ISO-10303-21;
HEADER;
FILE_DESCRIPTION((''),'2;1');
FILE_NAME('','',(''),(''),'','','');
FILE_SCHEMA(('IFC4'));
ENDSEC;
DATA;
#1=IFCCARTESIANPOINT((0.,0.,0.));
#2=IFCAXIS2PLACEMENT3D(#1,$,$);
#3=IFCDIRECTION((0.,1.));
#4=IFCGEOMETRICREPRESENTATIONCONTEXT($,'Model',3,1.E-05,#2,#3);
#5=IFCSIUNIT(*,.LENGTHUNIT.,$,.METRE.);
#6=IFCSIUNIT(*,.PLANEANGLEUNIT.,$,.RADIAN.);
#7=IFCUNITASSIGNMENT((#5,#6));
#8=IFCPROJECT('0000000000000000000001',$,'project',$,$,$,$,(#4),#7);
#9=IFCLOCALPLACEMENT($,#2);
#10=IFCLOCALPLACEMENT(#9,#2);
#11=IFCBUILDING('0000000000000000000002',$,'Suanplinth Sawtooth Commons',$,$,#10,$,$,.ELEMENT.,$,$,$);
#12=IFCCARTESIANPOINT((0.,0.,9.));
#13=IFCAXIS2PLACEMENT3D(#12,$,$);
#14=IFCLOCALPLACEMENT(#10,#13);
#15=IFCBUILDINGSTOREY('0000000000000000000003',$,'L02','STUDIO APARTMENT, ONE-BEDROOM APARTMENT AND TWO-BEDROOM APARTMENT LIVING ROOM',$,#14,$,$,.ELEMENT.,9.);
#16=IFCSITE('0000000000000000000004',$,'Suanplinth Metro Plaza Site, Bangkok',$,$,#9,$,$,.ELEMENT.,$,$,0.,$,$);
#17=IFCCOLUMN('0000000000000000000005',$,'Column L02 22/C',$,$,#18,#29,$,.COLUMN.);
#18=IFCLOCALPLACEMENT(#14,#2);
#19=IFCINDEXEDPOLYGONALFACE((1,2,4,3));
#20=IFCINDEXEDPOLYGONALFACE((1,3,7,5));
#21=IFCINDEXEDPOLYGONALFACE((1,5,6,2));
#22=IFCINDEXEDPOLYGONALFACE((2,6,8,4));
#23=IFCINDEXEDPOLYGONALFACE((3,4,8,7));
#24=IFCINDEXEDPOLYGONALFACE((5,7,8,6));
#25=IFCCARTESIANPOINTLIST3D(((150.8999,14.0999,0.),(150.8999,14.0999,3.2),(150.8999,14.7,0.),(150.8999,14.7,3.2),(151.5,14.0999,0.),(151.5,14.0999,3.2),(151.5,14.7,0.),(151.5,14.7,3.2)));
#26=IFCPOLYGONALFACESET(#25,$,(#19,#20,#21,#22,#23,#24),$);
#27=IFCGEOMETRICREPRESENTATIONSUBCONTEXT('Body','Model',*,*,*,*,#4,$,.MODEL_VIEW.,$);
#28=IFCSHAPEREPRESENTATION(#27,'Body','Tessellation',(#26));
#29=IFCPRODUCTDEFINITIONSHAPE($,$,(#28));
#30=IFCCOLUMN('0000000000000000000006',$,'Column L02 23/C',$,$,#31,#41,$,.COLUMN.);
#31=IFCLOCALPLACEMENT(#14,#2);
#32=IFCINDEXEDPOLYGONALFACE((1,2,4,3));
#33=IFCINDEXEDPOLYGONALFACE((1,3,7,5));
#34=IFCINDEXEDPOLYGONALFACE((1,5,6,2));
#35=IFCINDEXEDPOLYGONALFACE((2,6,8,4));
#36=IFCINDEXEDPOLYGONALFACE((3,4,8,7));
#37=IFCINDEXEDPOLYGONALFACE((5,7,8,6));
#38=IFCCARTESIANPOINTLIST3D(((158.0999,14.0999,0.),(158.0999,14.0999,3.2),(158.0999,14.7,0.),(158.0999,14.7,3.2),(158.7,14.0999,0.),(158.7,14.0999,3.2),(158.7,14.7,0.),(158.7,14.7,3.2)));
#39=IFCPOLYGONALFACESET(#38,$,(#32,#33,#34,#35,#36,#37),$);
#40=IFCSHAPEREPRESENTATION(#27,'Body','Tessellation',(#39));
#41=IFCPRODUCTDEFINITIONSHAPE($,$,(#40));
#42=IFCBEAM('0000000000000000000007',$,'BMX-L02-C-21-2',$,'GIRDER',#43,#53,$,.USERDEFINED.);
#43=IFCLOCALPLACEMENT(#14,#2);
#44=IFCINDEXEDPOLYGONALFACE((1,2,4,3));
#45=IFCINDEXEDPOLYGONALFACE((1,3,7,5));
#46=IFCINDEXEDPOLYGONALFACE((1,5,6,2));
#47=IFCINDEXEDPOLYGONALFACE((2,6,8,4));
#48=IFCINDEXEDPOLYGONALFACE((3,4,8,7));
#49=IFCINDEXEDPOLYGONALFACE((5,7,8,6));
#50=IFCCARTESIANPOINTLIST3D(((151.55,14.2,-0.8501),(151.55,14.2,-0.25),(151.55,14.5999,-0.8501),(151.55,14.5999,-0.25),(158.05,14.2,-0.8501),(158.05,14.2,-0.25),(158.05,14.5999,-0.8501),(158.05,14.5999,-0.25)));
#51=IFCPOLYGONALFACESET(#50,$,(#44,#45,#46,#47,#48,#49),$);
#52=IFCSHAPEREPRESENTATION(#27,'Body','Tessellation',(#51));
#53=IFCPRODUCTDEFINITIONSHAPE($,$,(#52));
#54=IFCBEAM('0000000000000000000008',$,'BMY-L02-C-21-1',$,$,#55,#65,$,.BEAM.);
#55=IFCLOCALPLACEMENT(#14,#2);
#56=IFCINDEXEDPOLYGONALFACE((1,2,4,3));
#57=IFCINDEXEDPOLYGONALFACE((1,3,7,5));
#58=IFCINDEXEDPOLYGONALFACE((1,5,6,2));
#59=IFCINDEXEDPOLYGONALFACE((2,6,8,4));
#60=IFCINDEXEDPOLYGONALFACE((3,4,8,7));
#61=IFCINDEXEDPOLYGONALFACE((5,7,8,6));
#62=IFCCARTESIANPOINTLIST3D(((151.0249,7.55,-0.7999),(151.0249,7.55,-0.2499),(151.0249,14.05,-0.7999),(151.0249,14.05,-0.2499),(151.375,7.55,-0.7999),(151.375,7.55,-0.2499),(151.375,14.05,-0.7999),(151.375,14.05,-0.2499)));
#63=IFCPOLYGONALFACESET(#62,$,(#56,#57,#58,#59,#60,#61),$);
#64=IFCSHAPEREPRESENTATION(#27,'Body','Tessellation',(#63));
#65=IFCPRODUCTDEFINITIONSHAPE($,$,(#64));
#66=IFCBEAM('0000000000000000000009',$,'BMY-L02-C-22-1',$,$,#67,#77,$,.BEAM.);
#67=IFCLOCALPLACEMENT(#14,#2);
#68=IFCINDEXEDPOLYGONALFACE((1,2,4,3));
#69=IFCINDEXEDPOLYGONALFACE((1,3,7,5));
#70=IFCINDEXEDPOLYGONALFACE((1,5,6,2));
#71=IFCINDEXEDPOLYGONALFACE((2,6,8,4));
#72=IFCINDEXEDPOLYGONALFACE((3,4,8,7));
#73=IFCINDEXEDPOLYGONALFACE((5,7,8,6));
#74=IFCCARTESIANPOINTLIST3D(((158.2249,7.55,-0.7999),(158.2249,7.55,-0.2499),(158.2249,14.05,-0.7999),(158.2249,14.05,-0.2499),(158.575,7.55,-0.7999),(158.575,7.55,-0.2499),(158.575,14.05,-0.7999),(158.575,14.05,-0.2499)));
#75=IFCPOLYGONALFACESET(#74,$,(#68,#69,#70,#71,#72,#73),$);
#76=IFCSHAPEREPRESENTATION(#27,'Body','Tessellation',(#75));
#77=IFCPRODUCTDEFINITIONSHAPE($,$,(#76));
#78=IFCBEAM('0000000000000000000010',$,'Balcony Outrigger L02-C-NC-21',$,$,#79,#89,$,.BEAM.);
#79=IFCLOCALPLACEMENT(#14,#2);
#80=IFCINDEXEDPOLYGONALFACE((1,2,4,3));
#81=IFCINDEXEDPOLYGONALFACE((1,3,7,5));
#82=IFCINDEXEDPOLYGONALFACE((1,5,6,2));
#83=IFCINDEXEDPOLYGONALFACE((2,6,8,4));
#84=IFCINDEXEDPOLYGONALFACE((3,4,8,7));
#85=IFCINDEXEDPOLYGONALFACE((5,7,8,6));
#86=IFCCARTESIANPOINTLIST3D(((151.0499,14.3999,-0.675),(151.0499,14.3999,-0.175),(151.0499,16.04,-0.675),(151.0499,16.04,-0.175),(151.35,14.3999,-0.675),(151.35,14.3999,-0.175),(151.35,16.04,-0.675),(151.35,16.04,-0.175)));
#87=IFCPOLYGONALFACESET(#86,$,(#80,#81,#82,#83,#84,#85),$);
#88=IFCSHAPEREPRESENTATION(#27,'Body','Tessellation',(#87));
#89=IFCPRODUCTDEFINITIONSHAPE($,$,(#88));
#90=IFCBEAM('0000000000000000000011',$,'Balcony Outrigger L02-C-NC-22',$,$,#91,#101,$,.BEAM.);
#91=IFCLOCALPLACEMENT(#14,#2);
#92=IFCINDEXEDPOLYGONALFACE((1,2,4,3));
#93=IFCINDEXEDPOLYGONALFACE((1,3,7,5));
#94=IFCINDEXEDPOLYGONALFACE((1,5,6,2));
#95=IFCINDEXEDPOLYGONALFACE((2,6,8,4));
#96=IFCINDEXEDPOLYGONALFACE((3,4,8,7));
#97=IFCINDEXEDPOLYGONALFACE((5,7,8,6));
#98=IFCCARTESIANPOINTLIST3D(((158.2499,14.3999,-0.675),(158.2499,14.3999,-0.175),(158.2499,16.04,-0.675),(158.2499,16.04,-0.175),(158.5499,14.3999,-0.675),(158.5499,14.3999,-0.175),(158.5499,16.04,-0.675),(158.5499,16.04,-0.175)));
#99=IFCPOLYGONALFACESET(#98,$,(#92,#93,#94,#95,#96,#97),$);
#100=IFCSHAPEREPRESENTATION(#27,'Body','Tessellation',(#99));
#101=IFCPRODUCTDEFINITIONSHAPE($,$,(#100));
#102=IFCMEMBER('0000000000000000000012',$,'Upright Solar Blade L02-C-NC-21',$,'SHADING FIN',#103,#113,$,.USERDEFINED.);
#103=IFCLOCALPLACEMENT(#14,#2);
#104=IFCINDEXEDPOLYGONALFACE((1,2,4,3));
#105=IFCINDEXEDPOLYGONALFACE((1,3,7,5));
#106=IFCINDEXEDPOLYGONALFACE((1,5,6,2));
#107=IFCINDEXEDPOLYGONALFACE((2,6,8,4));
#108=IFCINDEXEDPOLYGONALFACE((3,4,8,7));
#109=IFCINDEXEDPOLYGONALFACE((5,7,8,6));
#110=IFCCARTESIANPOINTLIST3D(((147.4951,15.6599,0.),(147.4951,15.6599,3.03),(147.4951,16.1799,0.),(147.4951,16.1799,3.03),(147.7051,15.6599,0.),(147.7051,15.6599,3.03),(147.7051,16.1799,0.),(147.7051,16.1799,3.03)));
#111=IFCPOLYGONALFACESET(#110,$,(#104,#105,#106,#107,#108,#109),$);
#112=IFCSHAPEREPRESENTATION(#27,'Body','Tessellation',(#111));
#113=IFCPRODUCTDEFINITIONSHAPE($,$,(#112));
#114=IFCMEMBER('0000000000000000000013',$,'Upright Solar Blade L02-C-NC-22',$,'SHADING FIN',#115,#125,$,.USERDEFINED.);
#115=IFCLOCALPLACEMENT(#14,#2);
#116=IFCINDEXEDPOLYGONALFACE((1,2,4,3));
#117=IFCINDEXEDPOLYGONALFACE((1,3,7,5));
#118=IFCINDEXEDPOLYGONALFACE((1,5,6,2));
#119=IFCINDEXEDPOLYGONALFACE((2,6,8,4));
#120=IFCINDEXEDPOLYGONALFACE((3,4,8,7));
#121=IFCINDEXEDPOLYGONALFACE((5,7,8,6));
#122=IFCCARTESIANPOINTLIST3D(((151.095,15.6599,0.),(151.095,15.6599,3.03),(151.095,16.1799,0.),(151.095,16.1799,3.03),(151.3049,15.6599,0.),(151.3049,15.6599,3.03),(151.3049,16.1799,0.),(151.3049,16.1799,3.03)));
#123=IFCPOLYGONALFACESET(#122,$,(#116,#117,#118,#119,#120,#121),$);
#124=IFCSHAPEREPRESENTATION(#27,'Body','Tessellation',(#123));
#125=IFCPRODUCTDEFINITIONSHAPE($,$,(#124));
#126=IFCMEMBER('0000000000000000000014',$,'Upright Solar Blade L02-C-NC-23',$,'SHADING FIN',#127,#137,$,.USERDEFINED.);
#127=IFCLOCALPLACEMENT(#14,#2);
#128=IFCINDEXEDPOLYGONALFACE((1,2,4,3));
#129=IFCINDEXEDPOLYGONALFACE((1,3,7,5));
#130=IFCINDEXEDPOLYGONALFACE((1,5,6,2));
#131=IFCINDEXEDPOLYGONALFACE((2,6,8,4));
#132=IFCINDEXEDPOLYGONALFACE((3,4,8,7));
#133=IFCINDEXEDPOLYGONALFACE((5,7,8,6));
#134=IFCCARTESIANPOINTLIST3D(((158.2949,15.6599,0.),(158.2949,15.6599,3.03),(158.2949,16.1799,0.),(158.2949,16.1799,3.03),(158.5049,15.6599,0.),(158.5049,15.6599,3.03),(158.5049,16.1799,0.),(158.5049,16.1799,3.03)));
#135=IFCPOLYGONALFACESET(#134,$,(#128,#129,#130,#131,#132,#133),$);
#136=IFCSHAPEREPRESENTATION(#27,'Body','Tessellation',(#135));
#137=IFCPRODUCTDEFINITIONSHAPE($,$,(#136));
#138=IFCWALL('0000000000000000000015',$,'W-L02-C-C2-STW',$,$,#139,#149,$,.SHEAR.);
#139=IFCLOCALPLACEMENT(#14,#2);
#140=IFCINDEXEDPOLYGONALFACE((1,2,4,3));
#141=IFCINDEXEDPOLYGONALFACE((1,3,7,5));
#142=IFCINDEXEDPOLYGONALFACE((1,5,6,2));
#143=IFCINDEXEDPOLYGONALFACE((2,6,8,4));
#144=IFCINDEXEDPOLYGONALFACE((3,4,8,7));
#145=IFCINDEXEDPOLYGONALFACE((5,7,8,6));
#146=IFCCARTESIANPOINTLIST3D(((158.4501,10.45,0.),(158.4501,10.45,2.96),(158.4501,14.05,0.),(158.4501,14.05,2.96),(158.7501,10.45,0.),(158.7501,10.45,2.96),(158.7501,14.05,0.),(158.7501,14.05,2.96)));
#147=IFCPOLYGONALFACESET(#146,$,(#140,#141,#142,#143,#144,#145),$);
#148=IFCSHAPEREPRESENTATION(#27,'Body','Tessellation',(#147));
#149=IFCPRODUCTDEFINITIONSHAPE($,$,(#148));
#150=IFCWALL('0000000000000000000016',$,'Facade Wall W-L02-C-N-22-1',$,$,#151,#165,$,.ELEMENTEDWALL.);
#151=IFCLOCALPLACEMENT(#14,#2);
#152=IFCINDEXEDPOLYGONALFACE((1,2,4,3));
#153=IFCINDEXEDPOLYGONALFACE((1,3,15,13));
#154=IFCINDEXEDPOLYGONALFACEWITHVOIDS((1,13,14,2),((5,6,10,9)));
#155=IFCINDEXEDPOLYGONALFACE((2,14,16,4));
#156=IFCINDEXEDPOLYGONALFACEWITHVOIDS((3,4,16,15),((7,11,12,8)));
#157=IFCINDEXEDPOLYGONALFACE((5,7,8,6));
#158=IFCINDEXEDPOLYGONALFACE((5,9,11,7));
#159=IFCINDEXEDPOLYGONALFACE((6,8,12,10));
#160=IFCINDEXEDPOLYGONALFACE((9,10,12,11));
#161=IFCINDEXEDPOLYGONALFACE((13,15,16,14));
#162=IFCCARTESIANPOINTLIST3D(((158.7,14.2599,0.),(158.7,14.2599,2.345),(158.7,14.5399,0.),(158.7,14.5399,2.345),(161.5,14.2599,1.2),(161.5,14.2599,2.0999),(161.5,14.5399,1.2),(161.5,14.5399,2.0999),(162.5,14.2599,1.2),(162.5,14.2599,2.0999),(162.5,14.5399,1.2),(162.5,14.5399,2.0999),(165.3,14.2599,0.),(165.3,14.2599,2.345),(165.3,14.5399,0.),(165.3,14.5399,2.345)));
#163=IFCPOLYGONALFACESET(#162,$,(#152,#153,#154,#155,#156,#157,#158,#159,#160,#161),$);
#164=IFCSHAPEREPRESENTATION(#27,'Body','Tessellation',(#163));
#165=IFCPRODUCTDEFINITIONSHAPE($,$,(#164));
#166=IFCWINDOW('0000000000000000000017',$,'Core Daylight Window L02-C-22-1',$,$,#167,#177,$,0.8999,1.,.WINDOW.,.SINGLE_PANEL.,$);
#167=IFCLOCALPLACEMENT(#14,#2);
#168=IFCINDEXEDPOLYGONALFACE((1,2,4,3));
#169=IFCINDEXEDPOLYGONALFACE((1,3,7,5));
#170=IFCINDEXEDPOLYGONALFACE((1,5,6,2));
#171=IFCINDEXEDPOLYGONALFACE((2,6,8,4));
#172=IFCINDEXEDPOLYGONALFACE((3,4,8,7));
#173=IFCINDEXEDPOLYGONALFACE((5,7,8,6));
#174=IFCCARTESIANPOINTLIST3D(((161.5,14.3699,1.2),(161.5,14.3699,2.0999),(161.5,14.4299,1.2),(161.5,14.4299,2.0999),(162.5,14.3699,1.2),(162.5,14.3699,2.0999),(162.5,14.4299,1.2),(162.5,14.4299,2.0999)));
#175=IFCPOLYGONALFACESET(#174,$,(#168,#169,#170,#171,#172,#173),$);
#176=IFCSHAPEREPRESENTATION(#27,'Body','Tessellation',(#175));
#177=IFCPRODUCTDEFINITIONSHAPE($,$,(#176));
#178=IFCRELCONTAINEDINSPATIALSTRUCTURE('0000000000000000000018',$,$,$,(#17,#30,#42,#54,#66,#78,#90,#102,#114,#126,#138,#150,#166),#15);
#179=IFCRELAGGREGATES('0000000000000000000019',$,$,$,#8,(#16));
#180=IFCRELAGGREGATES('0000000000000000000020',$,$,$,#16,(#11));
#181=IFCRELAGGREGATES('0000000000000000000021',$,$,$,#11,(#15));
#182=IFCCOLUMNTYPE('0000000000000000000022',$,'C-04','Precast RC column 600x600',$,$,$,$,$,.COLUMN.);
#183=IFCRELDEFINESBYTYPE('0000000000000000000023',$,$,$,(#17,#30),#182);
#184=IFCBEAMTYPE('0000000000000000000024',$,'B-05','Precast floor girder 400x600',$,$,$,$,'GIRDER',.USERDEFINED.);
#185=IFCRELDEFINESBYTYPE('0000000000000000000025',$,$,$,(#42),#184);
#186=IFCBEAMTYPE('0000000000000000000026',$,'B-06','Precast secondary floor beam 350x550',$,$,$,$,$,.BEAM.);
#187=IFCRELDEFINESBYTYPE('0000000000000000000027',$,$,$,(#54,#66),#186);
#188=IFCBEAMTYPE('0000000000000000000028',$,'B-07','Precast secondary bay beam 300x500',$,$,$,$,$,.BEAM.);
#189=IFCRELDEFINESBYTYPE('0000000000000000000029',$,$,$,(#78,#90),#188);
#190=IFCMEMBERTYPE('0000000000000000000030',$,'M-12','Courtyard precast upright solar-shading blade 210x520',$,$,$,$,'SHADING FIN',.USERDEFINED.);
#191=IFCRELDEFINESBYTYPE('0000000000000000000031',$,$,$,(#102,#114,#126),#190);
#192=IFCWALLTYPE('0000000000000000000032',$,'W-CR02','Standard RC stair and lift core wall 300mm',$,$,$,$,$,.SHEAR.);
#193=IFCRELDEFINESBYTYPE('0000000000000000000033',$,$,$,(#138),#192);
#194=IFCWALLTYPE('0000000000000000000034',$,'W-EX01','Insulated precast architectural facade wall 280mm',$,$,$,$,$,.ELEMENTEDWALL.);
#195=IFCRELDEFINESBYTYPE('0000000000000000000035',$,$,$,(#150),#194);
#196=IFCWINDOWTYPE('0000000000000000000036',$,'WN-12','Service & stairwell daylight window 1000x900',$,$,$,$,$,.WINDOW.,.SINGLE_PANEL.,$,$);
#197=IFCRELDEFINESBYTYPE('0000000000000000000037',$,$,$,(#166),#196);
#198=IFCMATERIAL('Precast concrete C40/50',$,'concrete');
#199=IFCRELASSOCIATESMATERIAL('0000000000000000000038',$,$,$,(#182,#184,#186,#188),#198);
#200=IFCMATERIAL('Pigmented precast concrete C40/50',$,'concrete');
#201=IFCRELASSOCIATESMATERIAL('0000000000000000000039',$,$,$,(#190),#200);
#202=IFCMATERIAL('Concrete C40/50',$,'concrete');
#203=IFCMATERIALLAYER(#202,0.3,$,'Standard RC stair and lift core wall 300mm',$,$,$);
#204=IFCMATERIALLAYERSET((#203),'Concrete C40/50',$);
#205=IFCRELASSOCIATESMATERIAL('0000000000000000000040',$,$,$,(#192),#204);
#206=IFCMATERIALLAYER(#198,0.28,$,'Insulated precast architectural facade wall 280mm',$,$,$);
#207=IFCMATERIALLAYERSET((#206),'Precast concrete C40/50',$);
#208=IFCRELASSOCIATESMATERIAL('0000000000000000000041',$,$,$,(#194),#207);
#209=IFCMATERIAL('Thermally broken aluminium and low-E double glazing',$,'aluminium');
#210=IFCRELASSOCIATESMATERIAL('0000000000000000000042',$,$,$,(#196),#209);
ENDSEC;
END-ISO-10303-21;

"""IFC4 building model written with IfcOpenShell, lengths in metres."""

from ifc_helpers import new_model, si_unit, direction, frame, frame_2d, origin, origin_2d, place, context, subcontext, project, spatial, rectangle, extrude, material, layer, layer_set, material_profile, profile_set, type_object, element, fill, save


model = new_model("IFC4")

# Units and contexts
model_context = context("Model", 3, precision=1e-05, world=origin(), true_north=direction((0.0, 1.0)))
body_context = subcontext(model_context, "Body", "Model", "MODEL_VIEW")
ifc_project = project(units=[si_unit("LENGTHUNIT", "METRE"), si_unit("PLANEANGLEUNIT", "RADIAN")], contexts=[model_context])

# Site, building, storey
site_placement = place(None, origin())
site = spatial("IfcSite", under=ifc_project, at=site_placement, Name="Suanplinth Metro Plaza Site, Bangkok", CompositionType="ELEMENT", RefElevation=0.0)
building_placement = place(site_placement, origin())
building = spatial("IfcBuilding", under=site, at=building_placement, Name="Suanplinth Sawtooth Commons", CompositionType="ELEMENT")
storey_placement = place(building_placement, frame((0.0, 0.0, 9.0)))
storey = spatial("IfcBuildingStorey", under=building, at=storey_placement, Name="L02", Description="STUDIO APARTMENT, ONE-BEDROOM APARTMENT AND TWO-BEDROOM APARTMENT LIVING ROOM", CompositionType="ELEMENT", Elevation=9.0)

# Columns
ifc_material_1 = material(Name="Precast concrete C40/50", Category="concrete")
ifc_material_profile_1 = material_profile(ifc_material_1, rectangle(XDim=0.6001, YDim=0.6001, at=origin_2d()), Name="PC-COL 600x600")
ifc_profile_set_1 = profile_set([ifc_material_profile_1], Name="Precast concrete C40/50")
column_type = type_object("IfcColumnType", Name="C-04", Description="Precast RC column 600x600", PredefinedType="COLUMN", material=ifc_profile_set_1)
for number, where, z_axis, x_axis, name in (
    (1, (151.2, 14.3999, 0.0), (0.0, 0.0, 1.0), (1.0, 0.0, 0.0), "Column L02 22/C"),
    (2, (158.3999, 14.3999, 0.0), (0.0, 0.0, 1.0), (1.0, 0.0, 0.0), "Column L02 23/C"),
):
    element("IfcColumn", number, at=place(storey_placement, frame(where, z_axis=z_axis, x_axis=x_axis)), inside=storey, type_object=column_type, Name=name, PredefinedType="COLUMN", context=body_context, shape_type="SweptSolid", body=[
        extrude(rectangle(XDim=0.6001, YDim=0.6001, at=origin_2d()), origin(), (0.0, 0.0, 1.0), 3.2),
    ])

# Beams
ifc_material_profile_2 = material_profile(ifc_material_1, rectangle(XDim=0.3999, YDim=0.6001, at=origin_2d()), Name="PC-GDR 400x600")
ifc_profile_set_2 = profile_set([ifc_material_profile_2], Name="Precast concrete C40/50")
beam_type_1 = type_object("IfcBeamType", Name="B-05", Description="Precast floor girder 400x600", ElementType="GIRDER", PredefinedType="USERDEFINED", material=ifc_profile_set_2)
beam_placement = place(storey_placement, frame((151.55, 14.3999, -0.55), z_axis=(1.0, 0.0, 0.0), x_axis=(0.0, 1.0, 0.0)))
element("IfcBeam", 3, at=beam_placement, inside=storey, type_object=beam_type_1, Name="BMX-L02-C-21-2", ObjectType="GIRDER", PredefinedType="USERDEFINED", context=body_context, shape_type="SweptSolid", body=[
    extrude(rectangle(XDim=0.3999, YDim=0.6001, at=origin_2d()), origin(), (0.0, 0.0, 1.0), 6.5),
])
ifc_material_profile_3 = material_profile(ifc_material_1, rectangle(XDim=0.3501, YDim=0.55, at=origin_2d()), Name="PC-BM 350x550")
ifc_profile_set_3 = profile_set([ifc_material_profile_3], Name="Precast concrete C40/50")
beam_type_2 = type_object("IfcBeamType", Name="B-06", Description="Precast secondary floor beam 350x550", PredefinedType="BEAM", material=ifc_profile_set_3)
for number, where, z_axis, x_axis, name in (
    (4, (151.2, 7.55, -0.5249), (0.0, 1.0, 0.0), (-1.0, 0.0, 0.0), "BMY-L02-C-21-1"),
    (5, (158.3999, 7.55, -0.5249), (0.0, 1.0, 0.0), (-1.0, 0.0, 0.0), "BMY-L02-C-22-1"),
):
    element("IfcBeam", number, at=place(storey_placement, frame(where, z_axis=z_axis, x_axis=x_axis)), inside=storey, type_object=beam_type_2, Name=name, PredefinedType="BEAM", context=body_context, shape_type="SweptSolid", body=[
        extrude(rectangle(XDim=0.3501, YDim=0.55, at=origin_2d()), origin(), (0.0, 0.0, 1.0), 6.5),
    ])
ifc_material_profile_4 = material_profile(ifc_material_1, rectangle(XDim=0.3, YDim=0.5, at=origin_2d()), Name="PC-BM 300x500")
ifc_profile_set_4 = profile_set([ifc_material_profile_4], Name="Precast concrete C40/50")
beam_type_3 = type_object("IfcBeamType", Name="B-07", Description="Precast secondary bay beam 300x500", PredefinedType="BEAM", material=ifc_profile_set_4)
for number, where, z_axis, x_axis, name in (
    (6, (151.2, 14.3999, -0.425), (0.0, 1.0, 0.0), (-1.0, 0.0, 0.0), "Balcony Outrigger L02-C-NC-21"),
    (7, (158.3999, 14.3999, -0.425), (0.0, 1.0, 0.0), (-1.0, 0.0, 0.0), "Balcony Outrigger L02-C-NC-22"),
):
    element("IfcBeam", number, at=place(storey_placement, frame(where, z_axis=z_axis, x_axis=x_axis)), inside=storey, type_object=beam_type_3, Name=name, PredefinedType="BEAM", context=body_context, shape_type="SweptSolid", body=[
        extrude(rectangle(XDim=0.3, YDim=0.5, at=origin_2d()), origin(), (0.0, 0.0, 1.0), 1.6401),
    ])

# Members
ifc_material_2 = material(Name="Pigmented precast concrete C40/50", Category="concrete")
ifc_material_profile_5 = material_profile(ifc_material_2, rectangle(XDim=0.21, YDim=0.52, at=origin_2d()), Name="PC-FIN 210x520")
ifc_profile_set_5 = profile_set([ifc_material_profile_5], Name="Pigmented precast concrete C40/50")
member_type = type_object("IfcMemberType", Name="M-12", Description="Courtyard precast upright solar-shading blade 210x520", ElementType="SHADING FIN", PredefinedType="USERDEFINED", material=ifc_profile_set_5)
for number, where, z_axis, x_axis, name in (
    (8, (147.6001, 15.9199, 0.0), (0.0, 0.0, 1.0), (1.0, 0.0, 0.0), "Upright Solar Blade L02-C-NC-21"),
    (9, (151.2, 15.9199, 0.0), (0.0, 0.0, 1.0), (1.0, 0.0, 0.0), "Upright Solar Blade L02-C-NC-22"),
    (10, (158.3999, 15.9199, 0.0), (0.0, 0.0, 1.0), (1.0, 0.0, 0.0), "Upright Solar Blade L02-C-NC-23"),
):
    element("IfcMember", number, at=place(storey_placement, frame(where, z_axis=z_axis, x_axis=x_axis)), inside=storey, type_object=member_type, Name=name, ObjectType="SHADING FIN", PredefinedType="USERDEFINED", context=body_context, shape_type="SweptSolid", body=[
        extrude(rectangle(XDim=0.21, YDim=0.52, at=origin_2d()), origin(), (0.0, 0.0, 1.0), 3.03),
    ])

# Wall
ifc_material_3 = material(Name="Concrete C40/50", Category="concrete")
ifc_layer_1 = layer(ifc_material_3, 0.3, Name="Standard RC stair and lift core wall 300mm")
ifc_layer_set_1 = layer_set([ifc_layer_1], Name="Concrete C40/50")
wall_type_1 = type_object("IfcWallType", Name="W-CR02", Description="Standard RC stair and lift core wall 300mm", PredefinedType="SHEAR", material=ifc_layer_set_1)
wall_1_placement = place(storey_placement, frame((158.6001, 10.45, 0.0), z_axis=(0.0, 0.0, 1.0), x_axis=(0.0, 1.0, 0.0)))
element("IfcWall", 11, at=wall_1_placement, inside=storey, type_object=wall_type_1, Name="W-L02-C-C2-STW", PredefinedType="SHEAR", context=body_context, shape_type="SweptSolid", body=[
    extrude(rectangle(XDim=3.6001, YDim=0.3, at=frame_2d((1.8, 0.0))), origin(), (0.0, 0.0, 1.0), 2.96),
])

# Shared definitions
ifc_layer_2 = layer(ifc_material_1, 0.28, Name="Insulated precast architectural facade wall 280mm")
ifc_layer_set_2 = layer_set([ifc_layer_2], Name="Precast concrete C40/50")
wall_type_2 = type_object("IfcWallType", Name="W-EX01", Description="Insulated precast architectural facade wall 280mm", PredefinedType="ELEMENTEDWALL", material=ifc_layer_set_2)
ifc_material_4 = material(Name="Thermally broken aluminium and low-E double glazing", Category="aluminium")

# Wall, opening, window
wall_2_placement = place(storey_placement, frame((158.7, 14.3999, 0.0), z_axis=(0.0, 0.0, 1.0), x_axis=(1.0, 0.0, 0.0)))
wall_2 = element("IfcWall", 12, at=wall_2_placement, inside=storey, type_object=wall_type_2, Name="Facade Wall W-L02-C-N-22-1", PredefinedType="ELEMENTEDWALL", context=body_context, shape_type="SweptSolid", body=[
    extrude(rectangle(XDim=6.6001, YDim=0.28, at=frame_2d((3.3, 0.0))), origin(), (0.0, 0.0, 1.0), 2.345),
])
opening_1_placement = place(wall_2_placement, frame((2.8, 0.0, 1.2)))
opening_1 = element("IfcOpeningElement", 13, at=opening_1_placement, cuts=wall_2, PredefinedType="OPENING", context=body_context, shape_type="SweptSolid", body=[
    extrude(rectangle(XDim=1.0, YDim=0.8999, at=frame_2d((0.5, 0.45))), frame((0.0, 0.1548, 0.0), z_axis=(0.0, -1.0, 0.0), x_axis=(1.0, 0.0, 0.0)), (0.0, 0.0, 1.0), 0.3098),
])
window_type_1 = type_object("IfcWindowType", Name="WN-12", Description="Service & stairwell daylight window 1000x900", PartitioningType="SINGLE_PANEL", PredefinedType="WINDOW", material=ifc_material_4)
window_1_placement = place(opening_1_placement, origin())
window_1 = element("IfcWindow", 14, at=window_1_placement, inside=storey, type_object=window_type_1, Name="Core Daylight Window L02-C-22-1", OverallHeight=0.8999, OverallWidth=1.0, PartitioningType="SINGLE_PANEL", PredefinedType="WINDOW", context=body_context, shape_type="SweptSolid", body=[
    extrude(rectangle(XDim=1.0, YDim=0.8999, at=frame_2d((0.5, 0.45))), frame((0.0, 0.03, 0.0), z_axis=(0.0, -1.0, 0.0), x_axis=(1.0, 0.0, 0.0)), (0.0, 0.0, 1.0), 0.0601),
])
fill(opening_1, window_1)

save(model, "model.ifc")
